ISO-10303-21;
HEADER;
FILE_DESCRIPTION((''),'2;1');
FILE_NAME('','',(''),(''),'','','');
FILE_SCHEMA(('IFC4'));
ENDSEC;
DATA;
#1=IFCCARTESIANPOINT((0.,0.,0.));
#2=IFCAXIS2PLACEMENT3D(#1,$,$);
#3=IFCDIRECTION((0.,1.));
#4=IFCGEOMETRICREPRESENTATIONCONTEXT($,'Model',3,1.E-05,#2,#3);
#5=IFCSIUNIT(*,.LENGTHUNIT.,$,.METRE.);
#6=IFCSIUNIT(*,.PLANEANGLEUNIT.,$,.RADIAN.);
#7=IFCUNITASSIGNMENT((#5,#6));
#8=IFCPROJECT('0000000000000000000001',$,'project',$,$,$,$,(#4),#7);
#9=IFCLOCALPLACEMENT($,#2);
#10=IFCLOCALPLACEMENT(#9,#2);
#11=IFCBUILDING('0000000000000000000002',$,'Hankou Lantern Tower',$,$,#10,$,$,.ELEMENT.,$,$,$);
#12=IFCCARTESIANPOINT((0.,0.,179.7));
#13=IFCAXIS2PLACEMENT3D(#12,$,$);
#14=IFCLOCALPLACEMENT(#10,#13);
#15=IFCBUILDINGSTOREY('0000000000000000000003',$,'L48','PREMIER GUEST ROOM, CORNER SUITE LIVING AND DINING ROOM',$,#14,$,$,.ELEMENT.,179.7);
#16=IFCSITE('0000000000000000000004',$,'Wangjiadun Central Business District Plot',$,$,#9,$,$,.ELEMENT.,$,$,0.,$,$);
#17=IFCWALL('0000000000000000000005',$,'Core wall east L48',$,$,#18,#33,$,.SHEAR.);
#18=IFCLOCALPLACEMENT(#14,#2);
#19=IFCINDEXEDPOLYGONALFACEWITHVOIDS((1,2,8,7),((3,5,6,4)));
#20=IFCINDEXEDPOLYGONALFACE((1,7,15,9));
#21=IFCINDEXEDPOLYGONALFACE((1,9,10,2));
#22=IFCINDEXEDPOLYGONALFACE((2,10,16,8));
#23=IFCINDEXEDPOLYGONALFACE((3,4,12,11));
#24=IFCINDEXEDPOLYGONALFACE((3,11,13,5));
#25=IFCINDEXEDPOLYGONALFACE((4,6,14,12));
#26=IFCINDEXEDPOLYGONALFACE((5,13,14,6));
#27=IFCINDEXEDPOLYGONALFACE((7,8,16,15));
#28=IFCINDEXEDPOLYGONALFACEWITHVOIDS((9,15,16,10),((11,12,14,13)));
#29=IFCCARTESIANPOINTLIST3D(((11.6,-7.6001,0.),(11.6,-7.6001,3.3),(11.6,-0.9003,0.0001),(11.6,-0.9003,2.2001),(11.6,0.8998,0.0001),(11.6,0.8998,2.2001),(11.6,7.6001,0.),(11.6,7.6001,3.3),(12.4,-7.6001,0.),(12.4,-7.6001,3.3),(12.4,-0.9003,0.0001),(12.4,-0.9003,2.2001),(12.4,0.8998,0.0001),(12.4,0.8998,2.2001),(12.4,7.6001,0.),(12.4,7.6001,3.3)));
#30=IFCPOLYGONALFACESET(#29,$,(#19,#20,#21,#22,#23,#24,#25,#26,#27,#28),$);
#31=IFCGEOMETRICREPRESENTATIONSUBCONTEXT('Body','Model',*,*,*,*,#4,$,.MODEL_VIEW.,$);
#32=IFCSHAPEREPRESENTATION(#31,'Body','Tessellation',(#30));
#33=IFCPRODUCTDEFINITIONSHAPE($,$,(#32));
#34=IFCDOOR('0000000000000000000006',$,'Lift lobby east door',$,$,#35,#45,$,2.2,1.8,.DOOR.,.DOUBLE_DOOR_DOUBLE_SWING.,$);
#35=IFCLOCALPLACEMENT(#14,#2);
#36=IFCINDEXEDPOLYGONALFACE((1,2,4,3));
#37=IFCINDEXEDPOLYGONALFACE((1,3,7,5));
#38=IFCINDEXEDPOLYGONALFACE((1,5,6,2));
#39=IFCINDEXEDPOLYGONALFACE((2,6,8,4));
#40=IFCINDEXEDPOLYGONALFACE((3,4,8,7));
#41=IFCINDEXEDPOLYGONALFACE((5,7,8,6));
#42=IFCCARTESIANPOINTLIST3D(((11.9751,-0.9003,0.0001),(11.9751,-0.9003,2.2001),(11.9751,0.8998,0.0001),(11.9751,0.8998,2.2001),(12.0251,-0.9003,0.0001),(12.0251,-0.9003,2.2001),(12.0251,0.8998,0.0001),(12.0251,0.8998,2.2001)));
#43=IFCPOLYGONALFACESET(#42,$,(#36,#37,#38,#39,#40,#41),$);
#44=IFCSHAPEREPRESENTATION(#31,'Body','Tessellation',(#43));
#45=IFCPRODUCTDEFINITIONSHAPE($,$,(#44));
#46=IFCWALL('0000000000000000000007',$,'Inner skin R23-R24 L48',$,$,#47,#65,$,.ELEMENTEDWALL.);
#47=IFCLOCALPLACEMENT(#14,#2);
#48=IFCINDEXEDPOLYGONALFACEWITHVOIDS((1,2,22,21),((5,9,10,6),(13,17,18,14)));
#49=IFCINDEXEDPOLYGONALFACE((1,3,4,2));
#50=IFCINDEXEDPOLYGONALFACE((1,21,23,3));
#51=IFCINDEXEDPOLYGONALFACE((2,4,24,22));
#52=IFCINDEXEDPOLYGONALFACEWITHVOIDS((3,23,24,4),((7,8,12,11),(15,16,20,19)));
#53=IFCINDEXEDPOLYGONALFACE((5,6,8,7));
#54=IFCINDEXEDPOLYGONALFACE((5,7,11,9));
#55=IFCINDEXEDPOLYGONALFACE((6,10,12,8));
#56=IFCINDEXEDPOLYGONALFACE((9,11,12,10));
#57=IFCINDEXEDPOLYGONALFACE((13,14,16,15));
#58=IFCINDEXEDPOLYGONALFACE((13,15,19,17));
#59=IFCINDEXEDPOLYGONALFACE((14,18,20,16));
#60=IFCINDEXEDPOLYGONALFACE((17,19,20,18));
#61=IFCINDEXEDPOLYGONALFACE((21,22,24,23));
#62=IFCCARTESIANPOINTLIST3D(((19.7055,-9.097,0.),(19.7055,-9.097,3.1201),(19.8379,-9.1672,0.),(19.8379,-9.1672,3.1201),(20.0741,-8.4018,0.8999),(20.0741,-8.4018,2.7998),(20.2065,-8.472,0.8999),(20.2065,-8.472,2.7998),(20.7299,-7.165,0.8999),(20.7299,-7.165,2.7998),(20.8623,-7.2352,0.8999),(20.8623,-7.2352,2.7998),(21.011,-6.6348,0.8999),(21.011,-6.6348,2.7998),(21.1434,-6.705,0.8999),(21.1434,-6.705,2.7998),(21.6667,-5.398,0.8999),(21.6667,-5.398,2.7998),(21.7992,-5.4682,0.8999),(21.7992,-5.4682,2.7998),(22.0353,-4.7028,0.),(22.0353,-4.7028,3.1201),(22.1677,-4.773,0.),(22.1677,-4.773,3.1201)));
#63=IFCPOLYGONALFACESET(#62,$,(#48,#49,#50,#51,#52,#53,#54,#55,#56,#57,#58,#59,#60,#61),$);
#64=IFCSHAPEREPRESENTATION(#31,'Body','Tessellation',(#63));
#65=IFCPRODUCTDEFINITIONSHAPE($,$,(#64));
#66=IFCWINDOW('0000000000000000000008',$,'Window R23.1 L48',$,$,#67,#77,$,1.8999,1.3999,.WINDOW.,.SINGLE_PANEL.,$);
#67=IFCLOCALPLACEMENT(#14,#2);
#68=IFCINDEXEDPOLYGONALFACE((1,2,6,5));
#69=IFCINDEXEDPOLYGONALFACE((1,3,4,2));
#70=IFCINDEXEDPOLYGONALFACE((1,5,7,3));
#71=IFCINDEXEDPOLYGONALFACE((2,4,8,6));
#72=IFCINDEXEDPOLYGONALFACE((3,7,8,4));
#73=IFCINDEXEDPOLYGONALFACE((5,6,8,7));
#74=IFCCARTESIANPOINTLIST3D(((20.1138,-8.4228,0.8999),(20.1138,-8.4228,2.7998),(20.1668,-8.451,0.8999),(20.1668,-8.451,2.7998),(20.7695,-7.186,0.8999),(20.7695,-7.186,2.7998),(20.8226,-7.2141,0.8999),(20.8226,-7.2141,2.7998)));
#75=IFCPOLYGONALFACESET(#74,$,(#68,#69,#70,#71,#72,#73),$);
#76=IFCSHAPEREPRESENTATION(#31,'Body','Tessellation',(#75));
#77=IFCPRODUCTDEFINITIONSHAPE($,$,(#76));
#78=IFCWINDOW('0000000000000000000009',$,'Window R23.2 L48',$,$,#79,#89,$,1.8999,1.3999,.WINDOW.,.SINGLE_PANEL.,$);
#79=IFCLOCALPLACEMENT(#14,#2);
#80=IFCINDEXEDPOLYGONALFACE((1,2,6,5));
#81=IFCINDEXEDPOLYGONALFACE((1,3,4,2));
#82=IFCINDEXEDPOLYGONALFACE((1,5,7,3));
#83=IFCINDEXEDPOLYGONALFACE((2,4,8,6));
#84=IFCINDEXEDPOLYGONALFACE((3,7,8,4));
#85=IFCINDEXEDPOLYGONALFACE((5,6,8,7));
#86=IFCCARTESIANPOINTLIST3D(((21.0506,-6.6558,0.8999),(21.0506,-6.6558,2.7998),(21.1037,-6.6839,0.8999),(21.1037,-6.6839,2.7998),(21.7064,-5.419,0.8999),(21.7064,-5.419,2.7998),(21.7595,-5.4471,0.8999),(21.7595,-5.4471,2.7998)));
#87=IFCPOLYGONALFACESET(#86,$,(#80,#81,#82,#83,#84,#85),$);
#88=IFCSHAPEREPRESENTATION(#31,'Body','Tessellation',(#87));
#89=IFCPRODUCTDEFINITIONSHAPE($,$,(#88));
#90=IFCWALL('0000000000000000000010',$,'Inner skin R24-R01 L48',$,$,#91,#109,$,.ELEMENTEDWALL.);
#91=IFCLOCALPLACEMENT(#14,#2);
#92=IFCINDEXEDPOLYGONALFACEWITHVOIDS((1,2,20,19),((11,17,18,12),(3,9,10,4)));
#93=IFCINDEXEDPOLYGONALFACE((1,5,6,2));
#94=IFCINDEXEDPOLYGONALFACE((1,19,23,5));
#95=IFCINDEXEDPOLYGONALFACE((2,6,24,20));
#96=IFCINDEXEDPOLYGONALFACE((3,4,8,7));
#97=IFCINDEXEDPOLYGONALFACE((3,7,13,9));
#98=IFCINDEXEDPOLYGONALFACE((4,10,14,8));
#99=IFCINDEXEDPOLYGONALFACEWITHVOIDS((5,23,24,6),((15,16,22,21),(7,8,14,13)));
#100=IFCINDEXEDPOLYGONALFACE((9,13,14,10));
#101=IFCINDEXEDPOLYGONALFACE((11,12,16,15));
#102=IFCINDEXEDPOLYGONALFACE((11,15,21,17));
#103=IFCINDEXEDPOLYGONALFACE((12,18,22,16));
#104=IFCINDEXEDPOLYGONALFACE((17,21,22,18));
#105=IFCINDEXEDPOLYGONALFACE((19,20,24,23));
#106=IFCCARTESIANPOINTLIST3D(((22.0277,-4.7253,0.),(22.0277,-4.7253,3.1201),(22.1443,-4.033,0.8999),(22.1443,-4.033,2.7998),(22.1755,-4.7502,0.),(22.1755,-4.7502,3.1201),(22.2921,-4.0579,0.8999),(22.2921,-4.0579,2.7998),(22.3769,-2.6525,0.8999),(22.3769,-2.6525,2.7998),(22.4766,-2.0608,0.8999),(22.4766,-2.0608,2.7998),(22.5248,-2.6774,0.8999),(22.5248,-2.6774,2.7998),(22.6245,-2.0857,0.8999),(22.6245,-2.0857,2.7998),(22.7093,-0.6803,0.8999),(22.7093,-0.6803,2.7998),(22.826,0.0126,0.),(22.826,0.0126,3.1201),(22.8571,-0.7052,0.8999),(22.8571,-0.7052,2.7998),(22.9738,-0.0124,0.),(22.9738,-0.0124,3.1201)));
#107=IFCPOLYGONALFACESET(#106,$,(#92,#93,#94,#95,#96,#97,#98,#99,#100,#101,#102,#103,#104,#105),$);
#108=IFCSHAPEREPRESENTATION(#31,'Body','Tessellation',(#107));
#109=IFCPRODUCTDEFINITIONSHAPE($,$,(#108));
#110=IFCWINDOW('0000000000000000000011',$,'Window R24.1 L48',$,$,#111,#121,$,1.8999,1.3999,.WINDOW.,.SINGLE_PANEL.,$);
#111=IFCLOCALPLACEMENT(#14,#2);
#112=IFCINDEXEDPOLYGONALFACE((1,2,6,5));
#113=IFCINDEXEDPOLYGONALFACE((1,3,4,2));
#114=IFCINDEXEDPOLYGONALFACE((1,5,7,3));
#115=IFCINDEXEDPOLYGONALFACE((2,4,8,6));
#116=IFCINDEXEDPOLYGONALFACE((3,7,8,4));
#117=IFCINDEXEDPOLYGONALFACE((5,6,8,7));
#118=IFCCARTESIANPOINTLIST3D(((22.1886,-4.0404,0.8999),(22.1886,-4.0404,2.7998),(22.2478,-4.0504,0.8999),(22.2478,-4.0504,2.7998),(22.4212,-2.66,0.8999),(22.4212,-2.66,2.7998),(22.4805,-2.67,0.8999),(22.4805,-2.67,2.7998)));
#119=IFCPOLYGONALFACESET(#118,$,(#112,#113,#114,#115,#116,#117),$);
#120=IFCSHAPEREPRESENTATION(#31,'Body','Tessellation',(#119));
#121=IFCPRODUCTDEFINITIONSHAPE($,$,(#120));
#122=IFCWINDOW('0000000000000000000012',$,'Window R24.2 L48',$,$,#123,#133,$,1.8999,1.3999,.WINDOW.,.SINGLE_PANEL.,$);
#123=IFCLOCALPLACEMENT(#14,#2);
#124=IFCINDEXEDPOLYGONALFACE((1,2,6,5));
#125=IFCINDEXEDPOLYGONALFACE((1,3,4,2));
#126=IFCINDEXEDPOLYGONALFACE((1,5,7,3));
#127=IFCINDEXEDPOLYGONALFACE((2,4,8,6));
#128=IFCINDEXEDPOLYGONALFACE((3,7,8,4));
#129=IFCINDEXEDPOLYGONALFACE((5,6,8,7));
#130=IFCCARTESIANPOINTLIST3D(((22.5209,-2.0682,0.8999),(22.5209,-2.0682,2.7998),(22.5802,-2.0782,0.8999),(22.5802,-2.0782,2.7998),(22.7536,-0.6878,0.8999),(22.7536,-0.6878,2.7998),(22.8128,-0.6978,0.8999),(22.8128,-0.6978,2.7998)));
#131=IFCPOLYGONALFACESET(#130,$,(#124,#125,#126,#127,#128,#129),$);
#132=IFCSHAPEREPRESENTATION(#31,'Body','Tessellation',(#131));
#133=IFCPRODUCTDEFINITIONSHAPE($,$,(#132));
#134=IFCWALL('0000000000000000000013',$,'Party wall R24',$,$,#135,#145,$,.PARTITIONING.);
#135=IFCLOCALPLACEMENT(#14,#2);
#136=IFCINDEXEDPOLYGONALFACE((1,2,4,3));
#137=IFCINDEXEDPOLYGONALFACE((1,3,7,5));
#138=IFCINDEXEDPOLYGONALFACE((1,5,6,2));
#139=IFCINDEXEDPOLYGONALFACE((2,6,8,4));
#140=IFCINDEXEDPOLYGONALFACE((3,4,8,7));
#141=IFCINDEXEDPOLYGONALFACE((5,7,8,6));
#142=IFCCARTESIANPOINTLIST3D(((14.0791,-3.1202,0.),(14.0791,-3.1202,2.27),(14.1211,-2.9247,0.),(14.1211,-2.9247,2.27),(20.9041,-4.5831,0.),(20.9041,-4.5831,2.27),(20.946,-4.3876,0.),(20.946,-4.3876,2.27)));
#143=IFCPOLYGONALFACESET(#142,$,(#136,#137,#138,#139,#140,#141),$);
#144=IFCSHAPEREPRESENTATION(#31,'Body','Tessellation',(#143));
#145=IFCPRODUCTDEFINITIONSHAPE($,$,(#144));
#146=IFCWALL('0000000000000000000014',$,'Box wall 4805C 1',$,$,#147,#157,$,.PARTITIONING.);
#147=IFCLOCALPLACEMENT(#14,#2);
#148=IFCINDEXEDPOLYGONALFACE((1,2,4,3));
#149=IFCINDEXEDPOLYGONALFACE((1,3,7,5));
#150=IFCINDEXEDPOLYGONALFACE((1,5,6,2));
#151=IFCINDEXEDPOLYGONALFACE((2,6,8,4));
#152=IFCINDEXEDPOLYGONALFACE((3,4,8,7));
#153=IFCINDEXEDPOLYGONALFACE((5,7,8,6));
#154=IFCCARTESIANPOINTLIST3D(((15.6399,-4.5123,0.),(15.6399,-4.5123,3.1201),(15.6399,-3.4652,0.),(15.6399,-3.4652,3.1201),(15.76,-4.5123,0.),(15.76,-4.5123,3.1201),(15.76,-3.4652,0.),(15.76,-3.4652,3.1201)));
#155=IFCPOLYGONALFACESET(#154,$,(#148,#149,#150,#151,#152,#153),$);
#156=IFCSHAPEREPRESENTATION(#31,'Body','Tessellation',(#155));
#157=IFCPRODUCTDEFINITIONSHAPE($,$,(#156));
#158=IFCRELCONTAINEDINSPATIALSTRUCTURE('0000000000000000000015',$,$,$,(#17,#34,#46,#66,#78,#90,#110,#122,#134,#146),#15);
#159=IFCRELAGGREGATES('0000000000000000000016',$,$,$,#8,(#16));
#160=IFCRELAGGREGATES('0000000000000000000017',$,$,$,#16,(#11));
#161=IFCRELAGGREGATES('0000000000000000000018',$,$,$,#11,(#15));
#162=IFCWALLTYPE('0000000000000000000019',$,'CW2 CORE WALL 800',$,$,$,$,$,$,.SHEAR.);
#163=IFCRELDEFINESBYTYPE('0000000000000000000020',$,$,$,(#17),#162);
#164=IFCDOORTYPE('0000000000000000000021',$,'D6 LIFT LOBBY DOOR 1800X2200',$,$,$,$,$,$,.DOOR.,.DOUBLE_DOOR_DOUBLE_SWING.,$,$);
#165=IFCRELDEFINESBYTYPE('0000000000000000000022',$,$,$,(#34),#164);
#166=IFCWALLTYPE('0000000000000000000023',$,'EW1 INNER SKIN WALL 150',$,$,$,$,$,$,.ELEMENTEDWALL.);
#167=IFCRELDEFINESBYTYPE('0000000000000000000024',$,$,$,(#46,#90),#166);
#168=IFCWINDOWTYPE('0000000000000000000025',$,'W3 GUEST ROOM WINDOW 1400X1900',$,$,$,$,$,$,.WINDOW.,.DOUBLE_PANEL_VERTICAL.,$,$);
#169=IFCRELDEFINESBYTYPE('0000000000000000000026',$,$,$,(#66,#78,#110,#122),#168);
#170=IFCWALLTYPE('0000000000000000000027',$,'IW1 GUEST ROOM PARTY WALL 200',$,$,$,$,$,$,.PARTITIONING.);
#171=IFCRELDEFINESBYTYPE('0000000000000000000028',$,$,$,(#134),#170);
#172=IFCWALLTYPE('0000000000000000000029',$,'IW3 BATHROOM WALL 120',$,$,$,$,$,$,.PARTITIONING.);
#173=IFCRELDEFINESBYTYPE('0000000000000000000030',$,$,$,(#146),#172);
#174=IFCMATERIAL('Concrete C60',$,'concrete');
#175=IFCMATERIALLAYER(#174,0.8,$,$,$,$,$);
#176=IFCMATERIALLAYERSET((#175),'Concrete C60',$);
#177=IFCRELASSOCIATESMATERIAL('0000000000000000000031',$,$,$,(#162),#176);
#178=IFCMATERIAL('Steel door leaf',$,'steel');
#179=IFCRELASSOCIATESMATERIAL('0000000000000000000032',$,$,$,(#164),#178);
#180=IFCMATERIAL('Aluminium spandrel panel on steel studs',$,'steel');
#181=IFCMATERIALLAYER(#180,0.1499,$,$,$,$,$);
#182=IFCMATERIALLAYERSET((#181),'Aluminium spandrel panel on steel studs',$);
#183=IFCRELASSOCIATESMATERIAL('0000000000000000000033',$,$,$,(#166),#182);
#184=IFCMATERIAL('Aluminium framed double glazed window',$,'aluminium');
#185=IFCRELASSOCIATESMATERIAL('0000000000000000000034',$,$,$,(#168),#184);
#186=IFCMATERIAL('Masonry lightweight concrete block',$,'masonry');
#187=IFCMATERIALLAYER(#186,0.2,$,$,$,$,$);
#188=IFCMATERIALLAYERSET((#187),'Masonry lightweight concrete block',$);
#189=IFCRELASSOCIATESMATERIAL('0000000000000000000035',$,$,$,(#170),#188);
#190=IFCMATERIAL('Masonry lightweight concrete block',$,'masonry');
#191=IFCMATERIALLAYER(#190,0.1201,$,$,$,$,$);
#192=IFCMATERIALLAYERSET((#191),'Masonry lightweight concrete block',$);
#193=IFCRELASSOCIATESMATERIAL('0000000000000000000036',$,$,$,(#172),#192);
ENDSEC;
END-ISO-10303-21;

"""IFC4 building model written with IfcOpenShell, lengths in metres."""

from ifc_helpers import new_model, si_unit, direction, frame, frame_2d, origin, place, context, subcontext, project, spatial, rectangle, extrude, material, layer, layer_set, type_object, element, fill, save


model = new_model("IFC4")

# Units and contexts
model_context = context("Model", 3, precision=1e-05, world=origin(), true_north=direction((0.0, 1.0)))
body_context = subcontext(model_context, "Body", "Model", "MODEL_VIEW")
ifc_project = project(units=[si_unit("LENGTHUNIT", "METRE"), si_unit("PLANEANGLEUNIT", "RADIAN")], contexts=[model_context])

# Site, building, storey
site_placement = place(None, origin())
site = spatial("IfcSite", under=ifc_project, at=site_placement, Name="Wangjiadun Central Business District Plot", CompositionType="ELEMENT", RefElevation=0.0)
building_placement = place(site_placement, origin())
building = spatial("IfcBuilding", under=site, at=building_placement, Name="Hankou Lantern Tower", CompositionType="ELEMENT")
storey_placement = place(building_placement, frame((0.0, 0.0, 179.7)))
storey = spatial("IfcBuildingStorey", under=building, at=storey_placement, Name="L48", Description="PREMIER GUEST ROOM, CORNER SUITE LIVING AND DINING ROOM", CompositionType="ELEMENT", Elevation=179.7)

# Shared definitions
ifc_material_1 = material(Name="Concrete C60", Category="concrete")
ifc_layer_1 = layer(ifc_material_1, 0.8)
ifc_layer_set_1 = layer_set([ifc_layer_1], Name="Concrete C60")
wall_type_1 = type_object("IfcWallType", Name="CW2 CORE WALL 800", PredefinedType="SHEAR", material=ifc_layer_set_1)

# Wall, opening, door
wall_1_placement = place(storey_placement, frame((12.0, -7.6001, 0.0), z_axis=(0.0, 0.0, 1.0), x_axis=(0.0, 1.0, 0.0)))
wall_1 = element("IfcWall", 1, at=wall_1_placement, inside=storey, type_object=wall_type_1, Name="Core wall east L48", PredefinedType="SHEAR", context=body_context, shape_type="SweptSolid", body=[
    extrude(rectangle(XDim=15.2002, YDim=0.8, at=frame_2d((7.6001, 0.0))), origin(), (0.0, 0.0, 1.0), 3.3),
])
opening_1_placement = place(wall_1_placement, frame((6.7, 0.0, 0.0)))
opening_1 = element("IfcOpeningElement", 2, at=opening_1_placement, cuts=wall_1, PredefinedType="OPENING", context=body_context, shape_type="SweptSolid", body=[
    extrude(rectangle(XDim=1.8, YDim=2.2, at=frame_2d((0.8999, 1.1001))), frame((0.0, 0.4099, 0.0), z_axis=(0.0, -1.0, 0.0), x_axis=(1.0, 0.0, 0.0)), (0.0, 0.0, 1.0), 0.8201),
])
ifc_material_2 = material(Name="Steel door leaf", Category="steel")
door_type_1 = type_object("IfcDoorType", Name="D6 LIFT LOBBY DOOR 1800X2200", OperationType="DOUBLE_DOOR_DOUBLE_SWING", PredefinedType="DOOR", material=ifc_material_2)
door_1_placement = place(opening_1_placement, origin())
door_1 = element("IfcDoor", 3, at=door_1_placement, inside=storey, type_object=door_type_1, Name="Lift lobby east door", OperationType="DOUBLE_DOOR_DOUBLE_SWING", OverallHeight=2.2, OverallWidth=1.8, PredefinedType="DOOR", context=body_context, shape_type="SweptSolid", body=[
    extrude(rectangle(XDim=1.8, YDim=2.2, at=frame_2d((0.8999, 1.1001))), frame((0.0, 0.0249, 0.0), z_axis=(0.0, -1.0, 0.0), x_axis=(1.0, 0.0, 0.0)), (0.0, 0.0, 1.0), 0.05),
])
fill(opening_1, door_1)

# Walls, openings, windows
ifc_material_3 = material(Name="Aluminium spandrel panel on steel studs", Category="steel")
ifc_layer_2 = layer(ifc_material_3, 0.1499)
ifc_layer_set_2 = layer_set([ifc_layer_2], Name="Aluminium spandrel panel on steel studs")
wall_type_2 = type_object("IfcWallType", Name="EW1 INNER SKIN WALL 150", PredefinedType="ELEMENTEDWALL", material=ifc_layer_set_2)
wall_2_placement = place(storey_placement, frame((19.7717, -9.1321, 0.0), z_axis=(0.0, 0.0, 1.0), x_axis=(0.468429, 0.883501, 0.0)))
wall_2 = element("IfcWall", 4, at=wall_2_placement, inside=storey, type_object=wall_type_2, Name="Inner skin R23-R24 L48", PredefinedType="ELEMENTEDWALL", context=body_context, shape_type="SweptSolid", body=[
    extrude(rectangle(XDim=4.9736, YDim=0.1499, at=frame_2d((2.4868, 0.0))), origin(), (0.0, 0.0, 1.0), 3.1201),
])
opening_2_placement = place(wall_2_placement, frame((0.7869, 0.0, 0.8999)))
opening_2 = element("IfcOpeningElement", 5, at=opening_2_placement, cuts=wall_2, PredefinedType="OPENING", context=body_context, shape_type="SweptSolid", body=[
    extrude(rectangle(XDim=1.3999, YDim=1.8999, at=frame_2d((0.7, 0.95))), frame((0.0, 0.085, 0.0), z_axis=(0.0, -1.0, 0.0), x_axis=(1.0, 0.0, 0.0)), (0.0, 0.0, 1.0), 0.1699),
])
opening_3_placement = place(wall_2_placement, frame((2.7869, 0.0, 0.8999)))
opening_3 = element("IfcOpeningElement", 6, at=opening_3_placement, cuts=wall_2, PredefinedType="OPENING", context=body_context, shape_type="SweptSolid", body=[
    extrude(rectangle(XDim=1.3999, YDim=1.8999, at=frame_2d((0.7, 0.95))), frame((0.0, 0.085, 0.0), z_axis=(0.0, -1.0, 0.0), x_axis=(1.0, 0.0, 0.0)), (0.0, 0.0, 1.0), 0.1699),
])
ifc_material_4 = material(Name="Aluminium framed double glazed window", Category="aluminium")
window_type = type_object("IfcWindowType", Name="W3 GUEST ROOM WINDOW 1400X1900", PartitioningType="DOUBLE_PANEL_VERTICAL", PredefinedType="WINDOW", material=ifc_material_4)
window_1_placement = place(opening_2_placement, origin())
window_1 = element("IfcWindow", 7, at=window_1_placement, inside=storey, type_object=window_type, Name="Window R23.1 L48", OverallHeight=1.8999, OverallWidth=1.3999, PartitioningType="SINGLE_PANEL", PredefinedType="WINDOW", context=body_context, shape_type="SweptSolid", body=[
    extrude(rectangle(XDim=1.3999, YDim=1.8999, at=frame_2d((0.7, 0.95))), frame((0.0, 0.03, 0.0), z_axis=(0.0, -1.0, 0.0), x_axis=(1.0, 0.0, 0.0)), (0.0, 0.0, 1.0), 0.0601),
])
fill(opening_2, window_1)
window_2_placement = place(opening_3_placement, origin())
window_2 = element("IfcWindow", 8, at=window_2_placement, inside=storey, type_object=window_type, Name="Window R23.2 L48", OverallHeight=1.8999, OverallWidth=1.3999, PartitioningType="SINGLE_PANEL", PredefinedType="WINDOW", context=body_context, shape_type="SweptSolid", body=[
    extrude(rectangle(XDim=1.3999, YDim=1.8999, at=frame_2d((0.7, 0.95))), frame((0.0, 0.03, 0.0), z_axis=(0.0, -1.0, 0.0), x_axis=(1.0, 0.0, 0.0)), (0.0, 0.0, 1.0), 0.0601),
])
fill(opening_3, window_2)
wall_3_placement = place(storey_placement, frame((22.1016, -4.7378, 0.0), z_axis=(0.0, 0.0, 1.0), x_axis=(0.166162, 0.986098, 0.0)))
wall_3 = element("IfcWall", 9, at=wall_3_placement, inside=storey, type_object=wall_type_2, Name="Inner skin R24-R01 L48", PredefinedType="ELEMENTEDWALL", context=body_context, shape_type="SweptSolid", body=[
    extrude(rectangle(XDim=4.8047, YDim=0.1499, at=frame_2d((2.4023, 0.0))), origin(), (0.0, 0.0, 1.0), 3.1201),
])
opening_4_placement = place(wall_3_placement, frame((0.7021, 0.0, 0.8999)))
opening_4 = element("IfcOpeningElement", 10, at=opening_4_placement, cuts=wall_3, PredefinedType="OPENING", context=body_context, shape_type="SweptSolid", body=[
    extrude(rectangle(XDim=1.3999, YDim=1.8999, at=frame_2d((0.7, 0.95))), frame((0.0, 0.085, 0.0), z_axis=(0.0, -1.0, 0.0), x_axis=(1.0, 0.0, 0.0)), (0.0, 0.0, 1.0), 0.1699),
])
opening_5_placement = place(wall_3_placement, frame((2.7021, 0.0, 0.8999)))
opening_5 = element("IfcOpeningElement", 11, at=opening_5_placement, cuts=wall_3, PredefinedType="OPENING", context=body_context, shape_type="SweptSolid", body=[
    extrude(rectangle(XDim=1.3999, YDim=1.8999, at=frame_2d((0.7, 0.95))), frame((0.0, 0.085, 0.0), z_axis=(0.0, -1.0, 0.0), x_axis=(1.0, 0.0, 0.0)), (0.0, 0.0, 1.0), 0.1699),
])
window_3_placement = place(opening_4_placement, origin())
window_3 = element("IfcWindow", 12, at=window_3_placement, inside=storey, type_object=window_type, Name="Window R24.1 L48", OverallHeight=1.8999, OverallWidth=1.3999, PartitioningType="SINGLE_PANEL", PredefinedType="WINDOW", context=body_context, shape_type="SweptSolid", body=[
    extrude(rectangle(XDim=1.3999, YDim=1.8999, at=frame_2d((0.7, 0.95))), frame((0.0, 0.03, 0.0), z_axis=(0.0, -1.0, 0.0), x_axis=(1.0, 0.0, 0.0)), (0.0, 0.0, 1.0), 0.0601),
])
fill(opening_4, window_3)
window_4_placement = place(opening_5_placement, origin())
window_4 = element("IfcWindow", 13, at=window_4_placement, inside=storey, type_object=window_type, Name="Window R24.2 L48", OverallHeight=1.8999, OverallWidth=1.3999, PartitioningType="SINGLE_PANEL", PredefinedType="WINDOW", context=body_context, shape_type="SweptSolid", body=[
    extrude(rectangle(XDim=1.3999, YDim=1.8999, at=frame_2d((0.7, 0.95))), frame((0.0, 0.03, 0.0), z_axis=(0.0, -1.0, 0.0), x_axis=(1.0, 0.0, 0.0)), (0.0, 0.0, 1.0), 0.0601),
])
fill(opening_5, window_4)

# Walls
ifc_material_5 = material(Name="Masonry lightweight concrete block", Category="masonry")
ifc_layer_3 = layer(ifc_material_5, 0.2)
ifc_layer_set_3 = layer_set([ifc_layer_3], Name="Masonry lightweight concrete block")
wall_type_3 = type_object("IfcWallType", Name="IW1 GUEST ROOM PARTY WALL 200", PredefinedType="PARTITIONING", material=ifc_layer_set_3)
wall_4_placement = place(storey_placement, frame((14.1001, -3.0225, 0.0), z_axis=(0.0, 0.0, 1.0), x_axis=(0.977791, -0.209584, 0.0)))
element("IfcWall", 14, at=wall_4_placement, inside=storey, type_object=wall_type_3, Name="Party wall R24", PredefinedType="PARTITIONING", context=body_context, shape_type="SweptSolid", body=[
    extrude(rectangle(XDim=6.98, YDim=0.2, at=frame_2d((3.49, 0.0))), origin(), (0.0, 0.0, 1.0), 2.27),
])
ifc_material_6 = material(Name="Masonry lightweight concrete block", Category="masonry")
ifc_layer_4 = layer(ifc_material_6, 0.1201)
ifc_layer_set_4 = layer_set([ifc_layer_4], Name="Masonry lightweight concrete block")
wall_type_4 = type_object("IfcWallType", Name="IW3 BATHROOM WALL 120", PredefinedType="PARTITIONING", material=ifc_layer_set_4)
wall_5_placement = place(storey_placement, frame((15.7, -3.4653, 0.0), z_axis=(0.0, 0.0, 1.0), x_axis=(0.0, -1.0, 0.0)))
element("IfcWall", 15, at=wall_5_placement, inside=storey, type_object=wall_type_4, Name="Box wall 4805C 1", PredefinedType="PARTITIONING", context=body_context, shape_type="SweptSolid", body=[
    extrude(rectangle(XDim=1.0471, YDim=0.1201, at=frame_2d((0.5234, 0.0))), origin(), (0.0, 0.0, 1.0), 3.1201),
])

save(model, "model.ifc")
